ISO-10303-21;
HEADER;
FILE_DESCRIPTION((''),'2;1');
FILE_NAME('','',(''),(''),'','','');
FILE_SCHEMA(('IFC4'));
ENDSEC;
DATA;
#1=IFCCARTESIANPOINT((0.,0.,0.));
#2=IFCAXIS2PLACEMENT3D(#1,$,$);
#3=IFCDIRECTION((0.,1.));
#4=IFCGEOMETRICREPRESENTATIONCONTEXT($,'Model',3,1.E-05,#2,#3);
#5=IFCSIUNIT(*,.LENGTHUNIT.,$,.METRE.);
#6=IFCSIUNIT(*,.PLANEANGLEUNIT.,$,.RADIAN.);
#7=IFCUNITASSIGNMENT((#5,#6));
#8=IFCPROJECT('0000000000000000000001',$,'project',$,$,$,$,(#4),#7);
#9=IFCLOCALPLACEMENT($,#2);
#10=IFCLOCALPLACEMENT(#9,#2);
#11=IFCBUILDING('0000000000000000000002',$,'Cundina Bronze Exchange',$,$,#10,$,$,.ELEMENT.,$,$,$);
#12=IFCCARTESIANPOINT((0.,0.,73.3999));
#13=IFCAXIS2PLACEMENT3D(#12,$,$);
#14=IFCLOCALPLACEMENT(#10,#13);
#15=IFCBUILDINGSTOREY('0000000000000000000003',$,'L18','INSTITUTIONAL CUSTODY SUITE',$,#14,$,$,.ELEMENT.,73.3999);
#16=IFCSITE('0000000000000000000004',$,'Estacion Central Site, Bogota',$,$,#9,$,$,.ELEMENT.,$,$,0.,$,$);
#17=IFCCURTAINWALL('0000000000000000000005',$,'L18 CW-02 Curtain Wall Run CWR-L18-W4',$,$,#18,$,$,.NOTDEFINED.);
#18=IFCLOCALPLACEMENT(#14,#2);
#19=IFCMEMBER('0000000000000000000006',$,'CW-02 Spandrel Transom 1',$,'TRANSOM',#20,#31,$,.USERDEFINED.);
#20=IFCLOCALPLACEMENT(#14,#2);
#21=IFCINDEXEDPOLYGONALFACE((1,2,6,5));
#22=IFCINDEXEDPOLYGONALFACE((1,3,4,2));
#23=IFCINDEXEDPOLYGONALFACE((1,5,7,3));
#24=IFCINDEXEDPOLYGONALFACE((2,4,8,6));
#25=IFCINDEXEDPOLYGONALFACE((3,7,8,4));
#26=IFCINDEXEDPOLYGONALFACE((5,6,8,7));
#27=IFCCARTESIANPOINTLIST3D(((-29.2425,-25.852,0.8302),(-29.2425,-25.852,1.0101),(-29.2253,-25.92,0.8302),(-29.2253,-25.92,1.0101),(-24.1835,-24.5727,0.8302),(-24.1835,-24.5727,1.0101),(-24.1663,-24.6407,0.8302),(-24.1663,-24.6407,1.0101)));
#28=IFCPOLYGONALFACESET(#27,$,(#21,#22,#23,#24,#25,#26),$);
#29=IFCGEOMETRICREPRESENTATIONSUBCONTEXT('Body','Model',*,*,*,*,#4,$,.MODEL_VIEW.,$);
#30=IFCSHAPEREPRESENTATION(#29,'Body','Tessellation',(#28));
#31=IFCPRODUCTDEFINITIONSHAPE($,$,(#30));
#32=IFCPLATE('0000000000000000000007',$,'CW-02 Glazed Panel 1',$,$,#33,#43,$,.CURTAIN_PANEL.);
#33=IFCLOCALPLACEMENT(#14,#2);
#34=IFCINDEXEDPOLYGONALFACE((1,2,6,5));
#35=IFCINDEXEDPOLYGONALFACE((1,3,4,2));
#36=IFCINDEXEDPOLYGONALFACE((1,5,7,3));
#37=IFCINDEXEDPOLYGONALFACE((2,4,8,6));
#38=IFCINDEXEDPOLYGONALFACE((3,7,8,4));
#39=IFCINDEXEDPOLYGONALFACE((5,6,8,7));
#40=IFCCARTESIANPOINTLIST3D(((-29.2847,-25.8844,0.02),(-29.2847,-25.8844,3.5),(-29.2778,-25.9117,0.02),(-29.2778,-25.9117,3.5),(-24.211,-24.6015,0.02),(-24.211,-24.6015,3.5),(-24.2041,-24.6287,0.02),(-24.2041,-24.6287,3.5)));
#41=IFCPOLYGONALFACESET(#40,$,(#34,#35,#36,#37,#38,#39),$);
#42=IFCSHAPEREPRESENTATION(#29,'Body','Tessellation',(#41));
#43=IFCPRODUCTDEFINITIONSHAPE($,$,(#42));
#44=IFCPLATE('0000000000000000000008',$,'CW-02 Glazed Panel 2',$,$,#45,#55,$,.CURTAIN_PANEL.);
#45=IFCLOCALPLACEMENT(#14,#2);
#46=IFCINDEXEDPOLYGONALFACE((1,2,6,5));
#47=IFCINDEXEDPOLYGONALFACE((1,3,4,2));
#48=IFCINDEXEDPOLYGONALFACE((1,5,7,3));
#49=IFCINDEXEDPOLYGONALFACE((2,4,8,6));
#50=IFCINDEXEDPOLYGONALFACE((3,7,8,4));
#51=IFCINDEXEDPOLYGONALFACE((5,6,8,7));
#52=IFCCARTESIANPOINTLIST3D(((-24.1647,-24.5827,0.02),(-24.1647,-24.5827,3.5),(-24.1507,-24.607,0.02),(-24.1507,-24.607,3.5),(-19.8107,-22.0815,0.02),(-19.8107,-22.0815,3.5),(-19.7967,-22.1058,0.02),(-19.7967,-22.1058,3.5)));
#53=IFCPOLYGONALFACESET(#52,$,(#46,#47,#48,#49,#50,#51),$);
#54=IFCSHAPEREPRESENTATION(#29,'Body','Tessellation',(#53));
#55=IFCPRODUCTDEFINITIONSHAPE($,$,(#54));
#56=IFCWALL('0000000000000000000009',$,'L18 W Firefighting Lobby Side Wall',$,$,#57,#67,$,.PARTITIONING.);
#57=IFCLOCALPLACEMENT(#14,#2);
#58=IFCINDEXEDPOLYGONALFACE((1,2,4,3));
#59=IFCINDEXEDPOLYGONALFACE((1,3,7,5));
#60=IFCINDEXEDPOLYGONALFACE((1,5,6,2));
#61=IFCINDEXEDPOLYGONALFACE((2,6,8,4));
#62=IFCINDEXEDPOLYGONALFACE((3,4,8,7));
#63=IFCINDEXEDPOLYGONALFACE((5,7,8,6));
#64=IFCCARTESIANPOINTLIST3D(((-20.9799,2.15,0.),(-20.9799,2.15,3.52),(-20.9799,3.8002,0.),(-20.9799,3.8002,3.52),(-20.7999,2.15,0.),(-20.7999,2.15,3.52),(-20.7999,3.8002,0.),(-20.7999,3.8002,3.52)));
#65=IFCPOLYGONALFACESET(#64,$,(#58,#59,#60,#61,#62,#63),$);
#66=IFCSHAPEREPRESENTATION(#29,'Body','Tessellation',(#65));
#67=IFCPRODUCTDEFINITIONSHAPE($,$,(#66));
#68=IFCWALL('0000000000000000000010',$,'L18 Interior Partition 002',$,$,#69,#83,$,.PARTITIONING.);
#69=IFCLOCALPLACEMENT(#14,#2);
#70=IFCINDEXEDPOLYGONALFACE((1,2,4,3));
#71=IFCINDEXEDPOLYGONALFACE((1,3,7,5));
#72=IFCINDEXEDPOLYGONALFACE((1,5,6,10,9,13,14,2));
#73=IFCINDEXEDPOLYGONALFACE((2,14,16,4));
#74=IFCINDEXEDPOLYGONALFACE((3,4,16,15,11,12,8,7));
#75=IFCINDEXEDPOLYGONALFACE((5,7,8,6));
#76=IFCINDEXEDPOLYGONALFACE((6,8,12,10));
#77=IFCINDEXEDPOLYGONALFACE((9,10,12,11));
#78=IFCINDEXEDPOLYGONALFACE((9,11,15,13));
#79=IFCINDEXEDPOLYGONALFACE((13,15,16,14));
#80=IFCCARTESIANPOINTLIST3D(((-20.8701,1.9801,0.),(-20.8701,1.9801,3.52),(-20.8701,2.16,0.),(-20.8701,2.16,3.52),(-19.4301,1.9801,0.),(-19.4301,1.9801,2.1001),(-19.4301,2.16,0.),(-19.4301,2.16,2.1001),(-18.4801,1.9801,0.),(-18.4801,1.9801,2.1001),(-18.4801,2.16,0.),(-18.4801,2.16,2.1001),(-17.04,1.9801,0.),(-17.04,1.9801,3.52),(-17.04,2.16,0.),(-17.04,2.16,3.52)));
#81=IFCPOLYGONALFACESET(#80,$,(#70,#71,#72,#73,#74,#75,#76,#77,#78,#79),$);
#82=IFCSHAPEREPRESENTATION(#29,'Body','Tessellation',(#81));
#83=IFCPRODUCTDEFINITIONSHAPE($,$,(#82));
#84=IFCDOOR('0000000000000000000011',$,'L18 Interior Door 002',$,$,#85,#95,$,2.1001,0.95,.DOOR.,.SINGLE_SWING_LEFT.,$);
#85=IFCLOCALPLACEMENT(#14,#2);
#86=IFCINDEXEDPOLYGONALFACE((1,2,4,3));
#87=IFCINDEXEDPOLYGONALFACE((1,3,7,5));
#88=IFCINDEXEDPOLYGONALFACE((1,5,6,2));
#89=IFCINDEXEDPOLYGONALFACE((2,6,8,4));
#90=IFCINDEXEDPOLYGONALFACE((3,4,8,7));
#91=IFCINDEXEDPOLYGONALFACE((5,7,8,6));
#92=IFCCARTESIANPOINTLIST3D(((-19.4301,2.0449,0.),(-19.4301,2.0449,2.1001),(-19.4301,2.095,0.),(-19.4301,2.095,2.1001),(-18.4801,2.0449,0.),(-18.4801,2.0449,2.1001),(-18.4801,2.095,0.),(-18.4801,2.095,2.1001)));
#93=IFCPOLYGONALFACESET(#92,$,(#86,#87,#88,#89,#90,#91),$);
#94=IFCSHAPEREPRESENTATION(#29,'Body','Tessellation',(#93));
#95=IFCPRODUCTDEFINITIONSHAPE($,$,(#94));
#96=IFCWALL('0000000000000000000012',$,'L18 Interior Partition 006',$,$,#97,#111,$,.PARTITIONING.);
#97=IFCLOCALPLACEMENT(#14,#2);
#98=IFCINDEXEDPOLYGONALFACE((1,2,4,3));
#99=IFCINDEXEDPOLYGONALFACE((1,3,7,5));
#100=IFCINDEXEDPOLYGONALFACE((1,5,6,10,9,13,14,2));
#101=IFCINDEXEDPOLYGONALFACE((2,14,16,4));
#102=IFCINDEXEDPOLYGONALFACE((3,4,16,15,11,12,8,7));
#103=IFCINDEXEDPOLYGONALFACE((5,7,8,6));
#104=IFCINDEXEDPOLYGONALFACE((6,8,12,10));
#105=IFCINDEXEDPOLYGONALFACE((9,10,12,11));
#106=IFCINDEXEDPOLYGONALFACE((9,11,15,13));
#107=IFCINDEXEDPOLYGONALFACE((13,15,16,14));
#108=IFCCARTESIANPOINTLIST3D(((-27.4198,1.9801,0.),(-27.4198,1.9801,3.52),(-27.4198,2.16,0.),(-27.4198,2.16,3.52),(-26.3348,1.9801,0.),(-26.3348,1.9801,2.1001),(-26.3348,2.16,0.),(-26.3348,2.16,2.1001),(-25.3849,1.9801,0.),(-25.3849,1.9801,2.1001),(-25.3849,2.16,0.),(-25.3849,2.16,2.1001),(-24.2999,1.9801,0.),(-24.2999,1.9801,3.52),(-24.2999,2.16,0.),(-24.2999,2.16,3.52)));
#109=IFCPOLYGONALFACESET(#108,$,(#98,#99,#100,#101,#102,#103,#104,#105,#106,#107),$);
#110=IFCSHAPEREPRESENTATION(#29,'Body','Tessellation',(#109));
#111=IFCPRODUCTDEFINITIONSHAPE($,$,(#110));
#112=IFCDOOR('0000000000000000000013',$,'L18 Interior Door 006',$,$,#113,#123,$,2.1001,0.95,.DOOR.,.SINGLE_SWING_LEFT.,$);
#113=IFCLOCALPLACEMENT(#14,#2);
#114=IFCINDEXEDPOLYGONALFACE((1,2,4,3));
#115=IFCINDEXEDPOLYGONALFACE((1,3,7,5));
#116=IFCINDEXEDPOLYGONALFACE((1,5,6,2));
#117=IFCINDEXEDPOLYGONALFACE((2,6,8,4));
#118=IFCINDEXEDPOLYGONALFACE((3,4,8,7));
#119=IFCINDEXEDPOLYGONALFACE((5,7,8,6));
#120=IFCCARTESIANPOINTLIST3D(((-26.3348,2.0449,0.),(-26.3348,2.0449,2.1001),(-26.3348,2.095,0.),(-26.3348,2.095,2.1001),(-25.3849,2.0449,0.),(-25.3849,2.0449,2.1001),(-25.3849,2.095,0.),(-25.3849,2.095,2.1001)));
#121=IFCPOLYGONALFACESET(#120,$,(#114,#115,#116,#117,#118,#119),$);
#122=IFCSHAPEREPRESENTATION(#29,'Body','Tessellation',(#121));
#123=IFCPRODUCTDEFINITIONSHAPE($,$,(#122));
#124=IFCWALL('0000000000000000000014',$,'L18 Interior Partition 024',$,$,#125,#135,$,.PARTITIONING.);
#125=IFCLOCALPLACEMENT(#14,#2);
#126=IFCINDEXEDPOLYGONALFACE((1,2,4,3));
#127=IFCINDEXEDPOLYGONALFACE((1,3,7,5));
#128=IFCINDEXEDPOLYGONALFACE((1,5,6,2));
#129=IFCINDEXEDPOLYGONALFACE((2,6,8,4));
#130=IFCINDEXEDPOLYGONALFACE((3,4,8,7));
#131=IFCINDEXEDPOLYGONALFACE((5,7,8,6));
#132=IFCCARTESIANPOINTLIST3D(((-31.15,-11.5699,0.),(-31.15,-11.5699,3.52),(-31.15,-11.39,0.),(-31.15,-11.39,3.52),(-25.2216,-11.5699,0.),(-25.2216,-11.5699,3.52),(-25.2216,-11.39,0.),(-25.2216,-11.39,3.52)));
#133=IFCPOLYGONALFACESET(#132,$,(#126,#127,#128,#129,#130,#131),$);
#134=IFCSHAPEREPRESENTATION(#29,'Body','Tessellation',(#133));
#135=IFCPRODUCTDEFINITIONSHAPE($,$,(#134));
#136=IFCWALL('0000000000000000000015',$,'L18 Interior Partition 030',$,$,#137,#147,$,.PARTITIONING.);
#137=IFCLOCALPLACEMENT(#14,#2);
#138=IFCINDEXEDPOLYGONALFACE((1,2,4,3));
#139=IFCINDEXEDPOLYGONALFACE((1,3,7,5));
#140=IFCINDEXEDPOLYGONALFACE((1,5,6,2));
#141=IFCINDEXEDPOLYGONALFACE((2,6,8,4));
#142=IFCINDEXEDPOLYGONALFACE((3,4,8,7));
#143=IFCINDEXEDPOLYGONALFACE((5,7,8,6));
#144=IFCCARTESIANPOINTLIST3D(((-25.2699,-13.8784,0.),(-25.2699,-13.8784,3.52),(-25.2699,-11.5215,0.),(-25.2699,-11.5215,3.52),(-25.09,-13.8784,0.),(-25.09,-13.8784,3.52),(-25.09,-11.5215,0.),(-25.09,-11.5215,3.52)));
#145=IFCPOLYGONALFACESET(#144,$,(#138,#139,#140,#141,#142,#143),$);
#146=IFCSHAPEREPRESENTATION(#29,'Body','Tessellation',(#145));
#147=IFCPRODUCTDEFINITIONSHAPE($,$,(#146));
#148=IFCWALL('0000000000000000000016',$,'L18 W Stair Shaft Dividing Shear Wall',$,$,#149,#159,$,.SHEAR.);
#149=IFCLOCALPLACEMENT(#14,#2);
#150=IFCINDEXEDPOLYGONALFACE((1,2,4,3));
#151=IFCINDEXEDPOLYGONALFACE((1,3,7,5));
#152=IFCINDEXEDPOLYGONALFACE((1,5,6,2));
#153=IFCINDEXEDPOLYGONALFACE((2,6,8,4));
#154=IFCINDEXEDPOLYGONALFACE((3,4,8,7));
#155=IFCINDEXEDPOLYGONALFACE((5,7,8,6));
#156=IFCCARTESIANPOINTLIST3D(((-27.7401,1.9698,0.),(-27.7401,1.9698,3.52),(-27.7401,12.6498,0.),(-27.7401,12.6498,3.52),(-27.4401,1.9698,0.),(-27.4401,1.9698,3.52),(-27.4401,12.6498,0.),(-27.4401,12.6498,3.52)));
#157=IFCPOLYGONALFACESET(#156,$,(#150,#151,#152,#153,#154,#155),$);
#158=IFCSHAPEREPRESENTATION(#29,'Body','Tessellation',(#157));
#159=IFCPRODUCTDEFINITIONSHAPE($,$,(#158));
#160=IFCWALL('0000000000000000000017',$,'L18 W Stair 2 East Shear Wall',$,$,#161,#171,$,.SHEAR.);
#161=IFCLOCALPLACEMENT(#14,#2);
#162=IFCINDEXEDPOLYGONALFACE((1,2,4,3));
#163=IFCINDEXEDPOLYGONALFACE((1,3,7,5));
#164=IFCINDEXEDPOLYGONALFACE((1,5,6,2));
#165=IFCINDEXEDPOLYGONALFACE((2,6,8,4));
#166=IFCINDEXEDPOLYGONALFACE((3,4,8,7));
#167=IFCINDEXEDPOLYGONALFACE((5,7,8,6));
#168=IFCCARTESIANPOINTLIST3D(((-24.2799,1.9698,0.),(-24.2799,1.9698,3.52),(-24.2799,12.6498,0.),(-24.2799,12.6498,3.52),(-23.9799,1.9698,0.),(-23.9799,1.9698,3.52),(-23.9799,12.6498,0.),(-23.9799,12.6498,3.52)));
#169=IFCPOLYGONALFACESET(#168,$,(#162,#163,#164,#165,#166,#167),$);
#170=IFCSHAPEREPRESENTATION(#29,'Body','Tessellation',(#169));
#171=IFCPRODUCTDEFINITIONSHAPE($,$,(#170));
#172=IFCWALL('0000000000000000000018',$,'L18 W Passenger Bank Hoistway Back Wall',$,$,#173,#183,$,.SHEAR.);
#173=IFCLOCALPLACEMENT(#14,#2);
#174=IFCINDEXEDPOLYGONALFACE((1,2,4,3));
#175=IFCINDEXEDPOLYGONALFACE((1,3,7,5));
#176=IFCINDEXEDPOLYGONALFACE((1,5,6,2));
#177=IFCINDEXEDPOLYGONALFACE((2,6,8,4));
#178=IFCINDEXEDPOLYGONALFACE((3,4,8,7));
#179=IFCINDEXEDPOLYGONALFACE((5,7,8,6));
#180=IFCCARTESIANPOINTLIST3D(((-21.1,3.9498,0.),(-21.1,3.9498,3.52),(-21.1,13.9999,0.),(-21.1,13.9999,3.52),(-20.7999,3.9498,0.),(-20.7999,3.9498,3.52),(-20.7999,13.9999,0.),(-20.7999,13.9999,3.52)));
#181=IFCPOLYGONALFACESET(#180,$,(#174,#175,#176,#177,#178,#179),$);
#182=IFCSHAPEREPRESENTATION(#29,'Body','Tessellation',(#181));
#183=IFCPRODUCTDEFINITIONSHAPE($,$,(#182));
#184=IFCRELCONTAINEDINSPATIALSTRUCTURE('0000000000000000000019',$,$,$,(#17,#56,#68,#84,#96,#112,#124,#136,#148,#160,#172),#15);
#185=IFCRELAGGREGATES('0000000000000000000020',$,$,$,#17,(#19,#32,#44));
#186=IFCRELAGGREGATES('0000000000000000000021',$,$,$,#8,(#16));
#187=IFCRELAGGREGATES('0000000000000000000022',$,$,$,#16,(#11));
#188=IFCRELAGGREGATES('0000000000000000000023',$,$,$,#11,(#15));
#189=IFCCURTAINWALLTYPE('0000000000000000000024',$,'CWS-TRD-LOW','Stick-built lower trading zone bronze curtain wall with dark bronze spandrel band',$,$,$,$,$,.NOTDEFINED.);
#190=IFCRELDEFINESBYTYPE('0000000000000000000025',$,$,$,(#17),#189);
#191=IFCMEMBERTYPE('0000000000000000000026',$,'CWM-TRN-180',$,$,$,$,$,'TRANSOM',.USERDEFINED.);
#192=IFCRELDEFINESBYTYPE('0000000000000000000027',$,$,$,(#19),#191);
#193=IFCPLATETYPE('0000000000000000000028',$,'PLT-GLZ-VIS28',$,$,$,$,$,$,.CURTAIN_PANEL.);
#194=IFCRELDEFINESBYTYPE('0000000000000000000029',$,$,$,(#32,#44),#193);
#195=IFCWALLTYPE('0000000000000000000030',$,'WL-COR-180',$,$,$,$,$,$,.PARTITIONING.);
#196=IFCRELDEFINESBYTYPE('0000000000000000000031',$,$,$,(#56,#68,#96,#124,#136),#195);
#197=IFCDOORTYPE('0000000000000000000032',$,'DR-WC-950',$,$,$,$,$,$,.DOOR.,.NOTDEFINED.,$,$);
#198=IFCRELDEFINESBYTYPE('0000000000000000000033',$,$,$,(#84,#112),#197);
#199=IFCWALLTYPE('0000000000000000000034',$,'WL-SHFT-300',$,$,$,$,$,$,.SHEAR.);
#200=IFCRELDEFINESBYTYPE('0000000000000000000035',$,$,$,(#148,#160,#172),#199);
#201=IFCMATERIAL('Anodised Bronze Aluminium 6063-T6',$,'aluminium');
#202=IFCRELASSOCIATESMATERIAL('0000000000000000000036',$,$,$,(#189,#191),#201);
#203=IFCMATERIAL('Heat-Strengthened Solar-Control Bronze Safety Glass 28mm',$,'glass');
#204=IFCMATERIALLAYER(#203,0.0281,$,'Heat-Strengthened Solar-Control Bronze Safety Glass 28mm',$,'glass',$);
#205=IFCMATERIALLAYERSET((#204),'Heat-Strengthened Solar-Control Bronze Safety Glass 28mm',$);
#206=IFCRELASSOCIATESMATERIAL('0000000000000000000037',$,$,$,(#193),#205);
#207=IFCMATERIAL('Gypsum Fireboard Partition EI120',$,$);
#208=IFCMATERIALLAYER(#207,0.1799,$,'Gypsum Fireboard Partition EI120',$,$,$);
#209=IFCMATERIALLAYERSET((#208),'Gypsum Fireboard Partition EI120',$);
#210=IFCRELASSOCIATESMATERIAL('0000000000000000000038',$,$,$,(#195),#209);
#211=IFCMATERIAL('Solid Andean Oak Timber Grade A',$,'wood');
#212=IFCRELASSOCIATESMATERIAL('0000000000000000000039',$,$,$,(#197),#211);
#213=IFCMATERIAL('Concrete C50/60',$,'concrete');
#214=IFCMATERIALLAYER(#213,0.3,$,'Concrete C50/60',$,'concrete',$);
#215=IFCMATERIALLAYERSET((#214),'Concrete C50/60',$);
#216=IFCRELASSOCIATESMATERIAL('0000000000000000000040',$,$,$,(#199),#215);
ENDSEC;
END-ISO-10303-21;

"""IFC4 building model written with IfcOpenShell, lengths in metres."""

from ifc_helpers import new_model, si_unit, direction, frame, frame_2d, origin, origin_2d, place, context, subcontext, project, spatial, rectangle, extrude, material, layer, layer_set, material_profile, profile_set, type_object, element, fill, aggregate, save


model = new_model("IFC4")

# Units and contexts
model_context = context("Model", 3, precision=1e-05, world=origin(), true_north=direction((0.0, 1.0)))
body_context = subcontext(model_context, "Body", "Model", "MODEL_VIEW")
ifc_project = project(units=[si_unit("LENGTHUNIT", "METRE"), si_unit("PLANEANGLEUNIT", "RADIAN")], contexts=[model_context])

# Site, building, storey
site_placement = place(None, origin())
site = spatial("IfcSite", under=ifc_project, at=site_placement, Name="Estacion Central Site, Bogota", CompositionType="ELEMENT", RefElevation=0.0)
building_placement = place(site_placement, origin())
building = spatial("IfcBuilding", under=site, at=building_placement, Name="Cundina Bronze Exchange", CompositionType="ELEMENT")
storey_placement = place(building_placement, frame((0.0, 0.0, 73.3999)))
storey = spatial("IfcBuildingStorey", under=building, at=storey_placement, Name="L18", Description="INSTITUTIONAL CUSTODY SUITE", CompositionType="ELEMENT", Elevation=73.3999)

# Shared definitions
ifc_material_1 = material(Name="Anodised Bronze Aluminium 6063-T6", Category="aluminium")
curtain_wall_type = type_object("IfcCurtainWallType", Name="CWS-TRD-LOW", Description="Stick-built lower trading zone bronze curtain wall with dark bronze spandrel band", PredefinedType="NOTDEFINED", material=ifc_material_1)

# Curtain wall, member, plates
curtain_wall_1_placement = place(storey_placement, origin())
curtain_wall_1 = element("IfcCurtainWall", 1, at=curtain_wall_1_placement, inside=storey, type_object=curtain_wall_type, Name="L18 CW-02 Curtain Wall Run CWR-L18-W4", PredefinedType="NOTDEFINED")
ifc_material_profile_1 = material_profile(ifc_material_1, rectangle(XDim=0.0701, YDim=0.1799, at=origin_2d()), Name="AL70X180", Category="aluminium")
ifc_profile_set_1 = profile_set([ifc_material_profile_1], Name="Anodised Bronze Aluminium 6063-T6")
member_type_1 = type_object("IfcMemberType", Name="CWM-TRN-180", ElementType="TRANSOM", PredefinedType="USERDEFINED", material=ifc_profile_set_1)
member_1_placement = place(storey_placement, frame((-29.2339, -25.886, 0.9202), z_axis=(0.969484, 0.245155, 0.0), x_axis=(-0.245155, 0.969484, 0.0)))
member_1 = element("IfcMember", 2, at=member_1_placement, type_object=member_type_1, Name="CW-02 Spandrel Transom 1", ObjectType="TRANSOM", PredefinedType="USERDEFINED", context=body_context, shape_type="SweptSolid", body=[
    extrude(rectangle(XDim=0.0701, YDim=0.1799, at=origin_2d()), origin(), (0.0, 0.0, 1.0), 5.2183),
])
ifc_material_2 = material(Name="Heat-Strengthened Solar-Control Bronze Safety Glass 28mm", Category="glass")
ifc_layer_1 = layer(ifc_material_2, 0.0281, Name="Heat-Strengthened Solar-Control Bronze Safety Glass 28mm", Category="glass")
ifc_layer_set_1 = layer_set([ifc_layer_1], Name="Heat-Strengthened Solar-Control Bronze Safety Glass 28mm")
plate_type = type_object("IfcPlateType", Name="PLT-GLZ-VIS28", PredefinedType="CURTAIN_PANEL", material=ifc_layer_set_1)
plate_1_placement = place(storey_placement, frame((-26.7444, -25.2566, 0.02), z_axis=(0.0, 0.0, 1.0), x_axis=(0.969488, 0.245138, 0.0)))
plate_1 = element("IfcPlate", 3, at=plate_1_placement, type_object=plate_type, Name="CW-02 Glazed Panel 1", PredefinedType="CURTAIN_PANEL", context=body_context, shape_type="SweptSolid", body=[
    extrude(rectangle(XDim=5.2334, YDim=0.0281, at=origin_2d()), origin(), (0.0, 0.0, 1.0), 3.48),
])
plate_2_placement = place(storey_placement, frame((-21.9807, -23.3442, 0.02), z_axis=(0.0, 0.0, 1.0), x_axis=(0.867105, 0.498125, 0.0)))
plate_2 = element("IfcPlate", 4, at=plate_2_placement, type_object=plate_type, Name="CW-02 Glazed Panel 2", PredefinedType="CURTAIN_PANEL", context=body_context, shape_type="SweptSolid", body=[
    extrude(rectangle(XDim=5.0212, YDim=0.0281, at=origin_2d()), origin(), (0.0, 0.0, 1.0), 3.48),
])
aggregate(curtain_wall_1, [member_1, plate_1, plate_2])

# Wall
ifc_material_3 = material(Name="Gypsum Fireboard Partition EI120")
ifc_layer_2 = layer(ifc_material_3, 0.1799, Name="Gypsum Fireboard Partition EI120")
ifc_layer_set_2 = layer_set([ifc_layer_2], Name="Gypsum Fireboard Partition EI120")
wall_type_1 = type_object("IfcWallType", Name="WL-COR-180", PredefinedType="PARTITIONING", material=ifc_layer_set_2)
wall_1_placement = place(storey_placement, frame((-20.8899, 2.1499, 0.0), z_axis=(0.0, 0.0, 1.0), x_axis=(0.0, 1.0, 0.0)))
element("IfcWall", 5, at=wall_1_placement, inside=storey, type_object=wall_type_1, Name="L18 W Firefighting Lobby Side Wall", PredefinedType="PARTITIONING", context=body_context, shape_type="SweptSolid", body=[
    extrude(rectangle(XDim=1.6501, YDim=0.1799, at=frame_2d((0.8252, 0.0))), origin(), (0.0, 0.0, 1.0), 3.52),
])

# Walls, openings, doors
wall_2_placement = place(storey_placement, frame((-20.8701, 2.0701, 0.0), z_axis=(0.0, 0.0, 1.0), x_axis=(1.0, 0.0, 0.0)))
wall_2 = element("IfcWall", 6, at=wall_2_placement, inside=storey, type_object=wall_type_1, Name="L18 Interior Partition 002", PredefinedType="PARTITIONING", context=body_context, shape_type="SweptSolid", body=[
    extrude(rectangle(XDim=3.8301, YDim=0.1799, at=frame_2d((1.915, 0.0))), origin(), (0.0, 0.0, 1.0), 3.52),
])
opening_1_placement = place(wall_2_placement, frame((1.4399, 0.0, 0.0)))
opening_1 = element("IfcOpeningElement", 7, at=opening_1_placement, cuts=wall_2, PredefinedType="OPENING", context=body_context, shape_type="SweptSolid", body=[
    extrude(rectangle(XDim=0.95, YDim=2.1001, at=frame_2d((0.4751, 1.05))), frame((0.0, 0.0999, 0.0), z_axis=(0.0, -1.0, 0.0), x_axis=(1.0, 0.0, 0.0)), (0.0, 0.0, 1.0), 0.2),
])
ifc_material_4 = material(Name="Solid Andean Oak Timber Grade A", Category="wood")
door_type_1 = type_object("IfcDoorType", Name="DR-WC-950", OperationType="NOTDEFINED", PredefinedType="DOOR", material=ifc_material_4)
door_1_placement = place(opening_1_placement, origin())
door_1 = element("IfcDoor", 8, at=door_1_placement, inside=storey, type_object=door_type_1, Name="L18 Interior Door 002", OperationType="SINGLE_SWING_LEFT", OverallHeight=2.1001, OverallWidth=0.95, PredefinedType="DOOR", context=body_context, shape_type="SweptSolid", body=[
    extrude(rectangle(XDim=0.95, YDim=2.1001, at=frame_2d((0.4751, 1.05))), frame((0.0, 0.0249, 0.0), z_axis=(0.0, -1.0, 0.0), x_axis=(1.0, 0.0, 0.0)), (0.0, 0.0, 1.0), 0.05),
])
fill(opening_1, door_1)
wall_3_placement = place(storey_placement, frame((-27.4199, 2.0701, 0.0), z_axis=(0.0, 0.0, 1.0), x_axis=(1.0, 0.0, 0.0)))
wall_3 = element("IfcWall", 9, at=wall_3_placement, inside=storey, type_object=wall_type_1, Name="L18 Interior Partition 006", PredefinedType="PARTITIONING", context=body_context, shape_type="SweptSolid", body=[
    extrude(rectangle(XDim=3.1199, YDim=0.1799, at=frame_2d((1.5601, 0.0))), origin(), (0.0, 0.0, 1.0), 3.52),
])
opening_2_placement = place(wall_3_placement, frame((1.085, 0.0, 0.0)))
opening_2 = element("IfcOpeningElement", 10, at=opening_2_placement, cuts=wall_3, PredefinedType="OPENING", context=body_context, shape_type="SweptSolid", body=[
    extrude(rectangle(XDim=0.95, YDim=2.1001, at=frame_2d((0.4751, 1.05))), frame((0.0, 0.0999, 0.0), z_axis=(0.0, -1.0, 0.0), x_axis=(1.0, 0.0, 0.0)), (0.0, 0.0, 1.0), 0.2),
])
door_2_placement = place(opening_2_placement, origin())
door_2 = element("IfcDoor", 11, at=door_2_placement, inside=storey, type_object=door_type_1, Name="L18 Interior Door 006", OperationType="SINGLE_SWING_LEFT", OverallHeight=2.1001, OverallWidth=0.95, PredefinedType="DOOR", context=body_context, shape_type="SweptSolid", body=[
    extrude(rectangle(XDim=0.95, YDim=2.1001, at=frame_2d((0.4751, 1.05))), frame((0.0, 0.0249, 0.0), z_axis=(0.0, -1.0, 0.0), x_axis=(1.0, 0.0, 0.0)), (0.0, 0.0, 1.0), 0.05),
])
fill(opening_2, door_2)

# Walls
wall_4_placement = place(storey_placement, frame((-25.2214, -11.48, 0.0), z_axis=(0.0, 0.0, 1.0), x_axis=(-1.0, 0.0, 0.0)))
element("IfcWall", 12, at=wall_4_placement, inside=storey, type_object=wall_type_1, Name="L18 Interior Partition 024", PredefinedType="PARTITIONING", context=body_context, shape_type="SweptSolid", body=[
    extrude(rectangle(XDim=5.9285, YDim=0.1799, at=frame_2d((2.9644, 0.0))), origin(), (0.0, 0.0, 1.0), 3.52),
])
wall_5_placement = place(storey_placement, frame((-25.1799, -13.8784, 0.0), z_axis=(0.0, 0.0, 1.0), x_axis=(0.0, 1.0, 0.0)))
element("IfcWall", 13, at=wall_5_placement, inside=storey, type_object=wall_type_1, Name="L18 Interior Partition 030", PredefinedType="PARTITIONING", context=body_context, shape_type="SweptSolid", body=[
    extrude(rectangle(XDim=2.3569, YDim=0.1799, at=frame_2d((1.1785, 0.0))), origin(), (0.0, 0.0, 1.0), 3.52),
])
ifc_material_5 = material(Name="Concrete C50/60", Category="concrete")
ifc_layer_3 = layer(ifc_material_5, 0.3, Name="Concrete C50/60", Category="concrete")
ifc_layer_set_3 = layer_set([ifc_layer_3], Name="Concrete C50/60")
wall_type_2 = type_object("IfcWallType", Name="WL-SHFT-300", PredefinedType="SHEAR", material=ifc_layer_set_3)
for number, where, z_axis, x_axis, name in (
    (14, (-27.5901, 1.97, 0.0), (0.0, 0.0, 1.0), (0.0, 1.0, 0.0), "L18 W Stair Shaft Dividing Shear Wall"),
    (15, (-24.1299, 1.97, 0.0), (0.0, 0.0, 1.0), (0.0, 1.0, 0.0), "L18 W Stair 2 East Shear Wall"),
):
    element("IfcWall", number, at=place(storey_placement, frame(where, z_axis=z_axis, x_axis=x_axis)), inside=storey, type_object=wall_type_2, Name=name, PredefinedType="SHEAR", context=body_context, shape_type="SweptSolid", body=[
        extrude(rectangle(XDim=10.6799, YDim=0.3, at=frame_2d((5.3398, 0.0))), origin(), (0.0, 0.0, 1.0), 3.52),
    ])
wall_6_placement = place(storey_placement, frame((-20.95, 3.95, 0.0), z_axis=(0.0, 0.0, 1.0), x_axis=(0.0, 1.0, 0.0)))
element("IfcWall", 16, at=wall_6_placement, inside=storey, type_object=wall_type_2, Name="L18 W Passenger Bank Hoistway Back Wall", PredefinedType="SHEAR", context=body_context, shape_type="SweptSolid", body=[
    extrude(rectangle(XDim=10.05, YDim=0.3, at=frame_2d((5.0249, 0.0))), origin(), (0.0, 0.0, 1.0), 3.52),
])

save(model, "model.ifc")
